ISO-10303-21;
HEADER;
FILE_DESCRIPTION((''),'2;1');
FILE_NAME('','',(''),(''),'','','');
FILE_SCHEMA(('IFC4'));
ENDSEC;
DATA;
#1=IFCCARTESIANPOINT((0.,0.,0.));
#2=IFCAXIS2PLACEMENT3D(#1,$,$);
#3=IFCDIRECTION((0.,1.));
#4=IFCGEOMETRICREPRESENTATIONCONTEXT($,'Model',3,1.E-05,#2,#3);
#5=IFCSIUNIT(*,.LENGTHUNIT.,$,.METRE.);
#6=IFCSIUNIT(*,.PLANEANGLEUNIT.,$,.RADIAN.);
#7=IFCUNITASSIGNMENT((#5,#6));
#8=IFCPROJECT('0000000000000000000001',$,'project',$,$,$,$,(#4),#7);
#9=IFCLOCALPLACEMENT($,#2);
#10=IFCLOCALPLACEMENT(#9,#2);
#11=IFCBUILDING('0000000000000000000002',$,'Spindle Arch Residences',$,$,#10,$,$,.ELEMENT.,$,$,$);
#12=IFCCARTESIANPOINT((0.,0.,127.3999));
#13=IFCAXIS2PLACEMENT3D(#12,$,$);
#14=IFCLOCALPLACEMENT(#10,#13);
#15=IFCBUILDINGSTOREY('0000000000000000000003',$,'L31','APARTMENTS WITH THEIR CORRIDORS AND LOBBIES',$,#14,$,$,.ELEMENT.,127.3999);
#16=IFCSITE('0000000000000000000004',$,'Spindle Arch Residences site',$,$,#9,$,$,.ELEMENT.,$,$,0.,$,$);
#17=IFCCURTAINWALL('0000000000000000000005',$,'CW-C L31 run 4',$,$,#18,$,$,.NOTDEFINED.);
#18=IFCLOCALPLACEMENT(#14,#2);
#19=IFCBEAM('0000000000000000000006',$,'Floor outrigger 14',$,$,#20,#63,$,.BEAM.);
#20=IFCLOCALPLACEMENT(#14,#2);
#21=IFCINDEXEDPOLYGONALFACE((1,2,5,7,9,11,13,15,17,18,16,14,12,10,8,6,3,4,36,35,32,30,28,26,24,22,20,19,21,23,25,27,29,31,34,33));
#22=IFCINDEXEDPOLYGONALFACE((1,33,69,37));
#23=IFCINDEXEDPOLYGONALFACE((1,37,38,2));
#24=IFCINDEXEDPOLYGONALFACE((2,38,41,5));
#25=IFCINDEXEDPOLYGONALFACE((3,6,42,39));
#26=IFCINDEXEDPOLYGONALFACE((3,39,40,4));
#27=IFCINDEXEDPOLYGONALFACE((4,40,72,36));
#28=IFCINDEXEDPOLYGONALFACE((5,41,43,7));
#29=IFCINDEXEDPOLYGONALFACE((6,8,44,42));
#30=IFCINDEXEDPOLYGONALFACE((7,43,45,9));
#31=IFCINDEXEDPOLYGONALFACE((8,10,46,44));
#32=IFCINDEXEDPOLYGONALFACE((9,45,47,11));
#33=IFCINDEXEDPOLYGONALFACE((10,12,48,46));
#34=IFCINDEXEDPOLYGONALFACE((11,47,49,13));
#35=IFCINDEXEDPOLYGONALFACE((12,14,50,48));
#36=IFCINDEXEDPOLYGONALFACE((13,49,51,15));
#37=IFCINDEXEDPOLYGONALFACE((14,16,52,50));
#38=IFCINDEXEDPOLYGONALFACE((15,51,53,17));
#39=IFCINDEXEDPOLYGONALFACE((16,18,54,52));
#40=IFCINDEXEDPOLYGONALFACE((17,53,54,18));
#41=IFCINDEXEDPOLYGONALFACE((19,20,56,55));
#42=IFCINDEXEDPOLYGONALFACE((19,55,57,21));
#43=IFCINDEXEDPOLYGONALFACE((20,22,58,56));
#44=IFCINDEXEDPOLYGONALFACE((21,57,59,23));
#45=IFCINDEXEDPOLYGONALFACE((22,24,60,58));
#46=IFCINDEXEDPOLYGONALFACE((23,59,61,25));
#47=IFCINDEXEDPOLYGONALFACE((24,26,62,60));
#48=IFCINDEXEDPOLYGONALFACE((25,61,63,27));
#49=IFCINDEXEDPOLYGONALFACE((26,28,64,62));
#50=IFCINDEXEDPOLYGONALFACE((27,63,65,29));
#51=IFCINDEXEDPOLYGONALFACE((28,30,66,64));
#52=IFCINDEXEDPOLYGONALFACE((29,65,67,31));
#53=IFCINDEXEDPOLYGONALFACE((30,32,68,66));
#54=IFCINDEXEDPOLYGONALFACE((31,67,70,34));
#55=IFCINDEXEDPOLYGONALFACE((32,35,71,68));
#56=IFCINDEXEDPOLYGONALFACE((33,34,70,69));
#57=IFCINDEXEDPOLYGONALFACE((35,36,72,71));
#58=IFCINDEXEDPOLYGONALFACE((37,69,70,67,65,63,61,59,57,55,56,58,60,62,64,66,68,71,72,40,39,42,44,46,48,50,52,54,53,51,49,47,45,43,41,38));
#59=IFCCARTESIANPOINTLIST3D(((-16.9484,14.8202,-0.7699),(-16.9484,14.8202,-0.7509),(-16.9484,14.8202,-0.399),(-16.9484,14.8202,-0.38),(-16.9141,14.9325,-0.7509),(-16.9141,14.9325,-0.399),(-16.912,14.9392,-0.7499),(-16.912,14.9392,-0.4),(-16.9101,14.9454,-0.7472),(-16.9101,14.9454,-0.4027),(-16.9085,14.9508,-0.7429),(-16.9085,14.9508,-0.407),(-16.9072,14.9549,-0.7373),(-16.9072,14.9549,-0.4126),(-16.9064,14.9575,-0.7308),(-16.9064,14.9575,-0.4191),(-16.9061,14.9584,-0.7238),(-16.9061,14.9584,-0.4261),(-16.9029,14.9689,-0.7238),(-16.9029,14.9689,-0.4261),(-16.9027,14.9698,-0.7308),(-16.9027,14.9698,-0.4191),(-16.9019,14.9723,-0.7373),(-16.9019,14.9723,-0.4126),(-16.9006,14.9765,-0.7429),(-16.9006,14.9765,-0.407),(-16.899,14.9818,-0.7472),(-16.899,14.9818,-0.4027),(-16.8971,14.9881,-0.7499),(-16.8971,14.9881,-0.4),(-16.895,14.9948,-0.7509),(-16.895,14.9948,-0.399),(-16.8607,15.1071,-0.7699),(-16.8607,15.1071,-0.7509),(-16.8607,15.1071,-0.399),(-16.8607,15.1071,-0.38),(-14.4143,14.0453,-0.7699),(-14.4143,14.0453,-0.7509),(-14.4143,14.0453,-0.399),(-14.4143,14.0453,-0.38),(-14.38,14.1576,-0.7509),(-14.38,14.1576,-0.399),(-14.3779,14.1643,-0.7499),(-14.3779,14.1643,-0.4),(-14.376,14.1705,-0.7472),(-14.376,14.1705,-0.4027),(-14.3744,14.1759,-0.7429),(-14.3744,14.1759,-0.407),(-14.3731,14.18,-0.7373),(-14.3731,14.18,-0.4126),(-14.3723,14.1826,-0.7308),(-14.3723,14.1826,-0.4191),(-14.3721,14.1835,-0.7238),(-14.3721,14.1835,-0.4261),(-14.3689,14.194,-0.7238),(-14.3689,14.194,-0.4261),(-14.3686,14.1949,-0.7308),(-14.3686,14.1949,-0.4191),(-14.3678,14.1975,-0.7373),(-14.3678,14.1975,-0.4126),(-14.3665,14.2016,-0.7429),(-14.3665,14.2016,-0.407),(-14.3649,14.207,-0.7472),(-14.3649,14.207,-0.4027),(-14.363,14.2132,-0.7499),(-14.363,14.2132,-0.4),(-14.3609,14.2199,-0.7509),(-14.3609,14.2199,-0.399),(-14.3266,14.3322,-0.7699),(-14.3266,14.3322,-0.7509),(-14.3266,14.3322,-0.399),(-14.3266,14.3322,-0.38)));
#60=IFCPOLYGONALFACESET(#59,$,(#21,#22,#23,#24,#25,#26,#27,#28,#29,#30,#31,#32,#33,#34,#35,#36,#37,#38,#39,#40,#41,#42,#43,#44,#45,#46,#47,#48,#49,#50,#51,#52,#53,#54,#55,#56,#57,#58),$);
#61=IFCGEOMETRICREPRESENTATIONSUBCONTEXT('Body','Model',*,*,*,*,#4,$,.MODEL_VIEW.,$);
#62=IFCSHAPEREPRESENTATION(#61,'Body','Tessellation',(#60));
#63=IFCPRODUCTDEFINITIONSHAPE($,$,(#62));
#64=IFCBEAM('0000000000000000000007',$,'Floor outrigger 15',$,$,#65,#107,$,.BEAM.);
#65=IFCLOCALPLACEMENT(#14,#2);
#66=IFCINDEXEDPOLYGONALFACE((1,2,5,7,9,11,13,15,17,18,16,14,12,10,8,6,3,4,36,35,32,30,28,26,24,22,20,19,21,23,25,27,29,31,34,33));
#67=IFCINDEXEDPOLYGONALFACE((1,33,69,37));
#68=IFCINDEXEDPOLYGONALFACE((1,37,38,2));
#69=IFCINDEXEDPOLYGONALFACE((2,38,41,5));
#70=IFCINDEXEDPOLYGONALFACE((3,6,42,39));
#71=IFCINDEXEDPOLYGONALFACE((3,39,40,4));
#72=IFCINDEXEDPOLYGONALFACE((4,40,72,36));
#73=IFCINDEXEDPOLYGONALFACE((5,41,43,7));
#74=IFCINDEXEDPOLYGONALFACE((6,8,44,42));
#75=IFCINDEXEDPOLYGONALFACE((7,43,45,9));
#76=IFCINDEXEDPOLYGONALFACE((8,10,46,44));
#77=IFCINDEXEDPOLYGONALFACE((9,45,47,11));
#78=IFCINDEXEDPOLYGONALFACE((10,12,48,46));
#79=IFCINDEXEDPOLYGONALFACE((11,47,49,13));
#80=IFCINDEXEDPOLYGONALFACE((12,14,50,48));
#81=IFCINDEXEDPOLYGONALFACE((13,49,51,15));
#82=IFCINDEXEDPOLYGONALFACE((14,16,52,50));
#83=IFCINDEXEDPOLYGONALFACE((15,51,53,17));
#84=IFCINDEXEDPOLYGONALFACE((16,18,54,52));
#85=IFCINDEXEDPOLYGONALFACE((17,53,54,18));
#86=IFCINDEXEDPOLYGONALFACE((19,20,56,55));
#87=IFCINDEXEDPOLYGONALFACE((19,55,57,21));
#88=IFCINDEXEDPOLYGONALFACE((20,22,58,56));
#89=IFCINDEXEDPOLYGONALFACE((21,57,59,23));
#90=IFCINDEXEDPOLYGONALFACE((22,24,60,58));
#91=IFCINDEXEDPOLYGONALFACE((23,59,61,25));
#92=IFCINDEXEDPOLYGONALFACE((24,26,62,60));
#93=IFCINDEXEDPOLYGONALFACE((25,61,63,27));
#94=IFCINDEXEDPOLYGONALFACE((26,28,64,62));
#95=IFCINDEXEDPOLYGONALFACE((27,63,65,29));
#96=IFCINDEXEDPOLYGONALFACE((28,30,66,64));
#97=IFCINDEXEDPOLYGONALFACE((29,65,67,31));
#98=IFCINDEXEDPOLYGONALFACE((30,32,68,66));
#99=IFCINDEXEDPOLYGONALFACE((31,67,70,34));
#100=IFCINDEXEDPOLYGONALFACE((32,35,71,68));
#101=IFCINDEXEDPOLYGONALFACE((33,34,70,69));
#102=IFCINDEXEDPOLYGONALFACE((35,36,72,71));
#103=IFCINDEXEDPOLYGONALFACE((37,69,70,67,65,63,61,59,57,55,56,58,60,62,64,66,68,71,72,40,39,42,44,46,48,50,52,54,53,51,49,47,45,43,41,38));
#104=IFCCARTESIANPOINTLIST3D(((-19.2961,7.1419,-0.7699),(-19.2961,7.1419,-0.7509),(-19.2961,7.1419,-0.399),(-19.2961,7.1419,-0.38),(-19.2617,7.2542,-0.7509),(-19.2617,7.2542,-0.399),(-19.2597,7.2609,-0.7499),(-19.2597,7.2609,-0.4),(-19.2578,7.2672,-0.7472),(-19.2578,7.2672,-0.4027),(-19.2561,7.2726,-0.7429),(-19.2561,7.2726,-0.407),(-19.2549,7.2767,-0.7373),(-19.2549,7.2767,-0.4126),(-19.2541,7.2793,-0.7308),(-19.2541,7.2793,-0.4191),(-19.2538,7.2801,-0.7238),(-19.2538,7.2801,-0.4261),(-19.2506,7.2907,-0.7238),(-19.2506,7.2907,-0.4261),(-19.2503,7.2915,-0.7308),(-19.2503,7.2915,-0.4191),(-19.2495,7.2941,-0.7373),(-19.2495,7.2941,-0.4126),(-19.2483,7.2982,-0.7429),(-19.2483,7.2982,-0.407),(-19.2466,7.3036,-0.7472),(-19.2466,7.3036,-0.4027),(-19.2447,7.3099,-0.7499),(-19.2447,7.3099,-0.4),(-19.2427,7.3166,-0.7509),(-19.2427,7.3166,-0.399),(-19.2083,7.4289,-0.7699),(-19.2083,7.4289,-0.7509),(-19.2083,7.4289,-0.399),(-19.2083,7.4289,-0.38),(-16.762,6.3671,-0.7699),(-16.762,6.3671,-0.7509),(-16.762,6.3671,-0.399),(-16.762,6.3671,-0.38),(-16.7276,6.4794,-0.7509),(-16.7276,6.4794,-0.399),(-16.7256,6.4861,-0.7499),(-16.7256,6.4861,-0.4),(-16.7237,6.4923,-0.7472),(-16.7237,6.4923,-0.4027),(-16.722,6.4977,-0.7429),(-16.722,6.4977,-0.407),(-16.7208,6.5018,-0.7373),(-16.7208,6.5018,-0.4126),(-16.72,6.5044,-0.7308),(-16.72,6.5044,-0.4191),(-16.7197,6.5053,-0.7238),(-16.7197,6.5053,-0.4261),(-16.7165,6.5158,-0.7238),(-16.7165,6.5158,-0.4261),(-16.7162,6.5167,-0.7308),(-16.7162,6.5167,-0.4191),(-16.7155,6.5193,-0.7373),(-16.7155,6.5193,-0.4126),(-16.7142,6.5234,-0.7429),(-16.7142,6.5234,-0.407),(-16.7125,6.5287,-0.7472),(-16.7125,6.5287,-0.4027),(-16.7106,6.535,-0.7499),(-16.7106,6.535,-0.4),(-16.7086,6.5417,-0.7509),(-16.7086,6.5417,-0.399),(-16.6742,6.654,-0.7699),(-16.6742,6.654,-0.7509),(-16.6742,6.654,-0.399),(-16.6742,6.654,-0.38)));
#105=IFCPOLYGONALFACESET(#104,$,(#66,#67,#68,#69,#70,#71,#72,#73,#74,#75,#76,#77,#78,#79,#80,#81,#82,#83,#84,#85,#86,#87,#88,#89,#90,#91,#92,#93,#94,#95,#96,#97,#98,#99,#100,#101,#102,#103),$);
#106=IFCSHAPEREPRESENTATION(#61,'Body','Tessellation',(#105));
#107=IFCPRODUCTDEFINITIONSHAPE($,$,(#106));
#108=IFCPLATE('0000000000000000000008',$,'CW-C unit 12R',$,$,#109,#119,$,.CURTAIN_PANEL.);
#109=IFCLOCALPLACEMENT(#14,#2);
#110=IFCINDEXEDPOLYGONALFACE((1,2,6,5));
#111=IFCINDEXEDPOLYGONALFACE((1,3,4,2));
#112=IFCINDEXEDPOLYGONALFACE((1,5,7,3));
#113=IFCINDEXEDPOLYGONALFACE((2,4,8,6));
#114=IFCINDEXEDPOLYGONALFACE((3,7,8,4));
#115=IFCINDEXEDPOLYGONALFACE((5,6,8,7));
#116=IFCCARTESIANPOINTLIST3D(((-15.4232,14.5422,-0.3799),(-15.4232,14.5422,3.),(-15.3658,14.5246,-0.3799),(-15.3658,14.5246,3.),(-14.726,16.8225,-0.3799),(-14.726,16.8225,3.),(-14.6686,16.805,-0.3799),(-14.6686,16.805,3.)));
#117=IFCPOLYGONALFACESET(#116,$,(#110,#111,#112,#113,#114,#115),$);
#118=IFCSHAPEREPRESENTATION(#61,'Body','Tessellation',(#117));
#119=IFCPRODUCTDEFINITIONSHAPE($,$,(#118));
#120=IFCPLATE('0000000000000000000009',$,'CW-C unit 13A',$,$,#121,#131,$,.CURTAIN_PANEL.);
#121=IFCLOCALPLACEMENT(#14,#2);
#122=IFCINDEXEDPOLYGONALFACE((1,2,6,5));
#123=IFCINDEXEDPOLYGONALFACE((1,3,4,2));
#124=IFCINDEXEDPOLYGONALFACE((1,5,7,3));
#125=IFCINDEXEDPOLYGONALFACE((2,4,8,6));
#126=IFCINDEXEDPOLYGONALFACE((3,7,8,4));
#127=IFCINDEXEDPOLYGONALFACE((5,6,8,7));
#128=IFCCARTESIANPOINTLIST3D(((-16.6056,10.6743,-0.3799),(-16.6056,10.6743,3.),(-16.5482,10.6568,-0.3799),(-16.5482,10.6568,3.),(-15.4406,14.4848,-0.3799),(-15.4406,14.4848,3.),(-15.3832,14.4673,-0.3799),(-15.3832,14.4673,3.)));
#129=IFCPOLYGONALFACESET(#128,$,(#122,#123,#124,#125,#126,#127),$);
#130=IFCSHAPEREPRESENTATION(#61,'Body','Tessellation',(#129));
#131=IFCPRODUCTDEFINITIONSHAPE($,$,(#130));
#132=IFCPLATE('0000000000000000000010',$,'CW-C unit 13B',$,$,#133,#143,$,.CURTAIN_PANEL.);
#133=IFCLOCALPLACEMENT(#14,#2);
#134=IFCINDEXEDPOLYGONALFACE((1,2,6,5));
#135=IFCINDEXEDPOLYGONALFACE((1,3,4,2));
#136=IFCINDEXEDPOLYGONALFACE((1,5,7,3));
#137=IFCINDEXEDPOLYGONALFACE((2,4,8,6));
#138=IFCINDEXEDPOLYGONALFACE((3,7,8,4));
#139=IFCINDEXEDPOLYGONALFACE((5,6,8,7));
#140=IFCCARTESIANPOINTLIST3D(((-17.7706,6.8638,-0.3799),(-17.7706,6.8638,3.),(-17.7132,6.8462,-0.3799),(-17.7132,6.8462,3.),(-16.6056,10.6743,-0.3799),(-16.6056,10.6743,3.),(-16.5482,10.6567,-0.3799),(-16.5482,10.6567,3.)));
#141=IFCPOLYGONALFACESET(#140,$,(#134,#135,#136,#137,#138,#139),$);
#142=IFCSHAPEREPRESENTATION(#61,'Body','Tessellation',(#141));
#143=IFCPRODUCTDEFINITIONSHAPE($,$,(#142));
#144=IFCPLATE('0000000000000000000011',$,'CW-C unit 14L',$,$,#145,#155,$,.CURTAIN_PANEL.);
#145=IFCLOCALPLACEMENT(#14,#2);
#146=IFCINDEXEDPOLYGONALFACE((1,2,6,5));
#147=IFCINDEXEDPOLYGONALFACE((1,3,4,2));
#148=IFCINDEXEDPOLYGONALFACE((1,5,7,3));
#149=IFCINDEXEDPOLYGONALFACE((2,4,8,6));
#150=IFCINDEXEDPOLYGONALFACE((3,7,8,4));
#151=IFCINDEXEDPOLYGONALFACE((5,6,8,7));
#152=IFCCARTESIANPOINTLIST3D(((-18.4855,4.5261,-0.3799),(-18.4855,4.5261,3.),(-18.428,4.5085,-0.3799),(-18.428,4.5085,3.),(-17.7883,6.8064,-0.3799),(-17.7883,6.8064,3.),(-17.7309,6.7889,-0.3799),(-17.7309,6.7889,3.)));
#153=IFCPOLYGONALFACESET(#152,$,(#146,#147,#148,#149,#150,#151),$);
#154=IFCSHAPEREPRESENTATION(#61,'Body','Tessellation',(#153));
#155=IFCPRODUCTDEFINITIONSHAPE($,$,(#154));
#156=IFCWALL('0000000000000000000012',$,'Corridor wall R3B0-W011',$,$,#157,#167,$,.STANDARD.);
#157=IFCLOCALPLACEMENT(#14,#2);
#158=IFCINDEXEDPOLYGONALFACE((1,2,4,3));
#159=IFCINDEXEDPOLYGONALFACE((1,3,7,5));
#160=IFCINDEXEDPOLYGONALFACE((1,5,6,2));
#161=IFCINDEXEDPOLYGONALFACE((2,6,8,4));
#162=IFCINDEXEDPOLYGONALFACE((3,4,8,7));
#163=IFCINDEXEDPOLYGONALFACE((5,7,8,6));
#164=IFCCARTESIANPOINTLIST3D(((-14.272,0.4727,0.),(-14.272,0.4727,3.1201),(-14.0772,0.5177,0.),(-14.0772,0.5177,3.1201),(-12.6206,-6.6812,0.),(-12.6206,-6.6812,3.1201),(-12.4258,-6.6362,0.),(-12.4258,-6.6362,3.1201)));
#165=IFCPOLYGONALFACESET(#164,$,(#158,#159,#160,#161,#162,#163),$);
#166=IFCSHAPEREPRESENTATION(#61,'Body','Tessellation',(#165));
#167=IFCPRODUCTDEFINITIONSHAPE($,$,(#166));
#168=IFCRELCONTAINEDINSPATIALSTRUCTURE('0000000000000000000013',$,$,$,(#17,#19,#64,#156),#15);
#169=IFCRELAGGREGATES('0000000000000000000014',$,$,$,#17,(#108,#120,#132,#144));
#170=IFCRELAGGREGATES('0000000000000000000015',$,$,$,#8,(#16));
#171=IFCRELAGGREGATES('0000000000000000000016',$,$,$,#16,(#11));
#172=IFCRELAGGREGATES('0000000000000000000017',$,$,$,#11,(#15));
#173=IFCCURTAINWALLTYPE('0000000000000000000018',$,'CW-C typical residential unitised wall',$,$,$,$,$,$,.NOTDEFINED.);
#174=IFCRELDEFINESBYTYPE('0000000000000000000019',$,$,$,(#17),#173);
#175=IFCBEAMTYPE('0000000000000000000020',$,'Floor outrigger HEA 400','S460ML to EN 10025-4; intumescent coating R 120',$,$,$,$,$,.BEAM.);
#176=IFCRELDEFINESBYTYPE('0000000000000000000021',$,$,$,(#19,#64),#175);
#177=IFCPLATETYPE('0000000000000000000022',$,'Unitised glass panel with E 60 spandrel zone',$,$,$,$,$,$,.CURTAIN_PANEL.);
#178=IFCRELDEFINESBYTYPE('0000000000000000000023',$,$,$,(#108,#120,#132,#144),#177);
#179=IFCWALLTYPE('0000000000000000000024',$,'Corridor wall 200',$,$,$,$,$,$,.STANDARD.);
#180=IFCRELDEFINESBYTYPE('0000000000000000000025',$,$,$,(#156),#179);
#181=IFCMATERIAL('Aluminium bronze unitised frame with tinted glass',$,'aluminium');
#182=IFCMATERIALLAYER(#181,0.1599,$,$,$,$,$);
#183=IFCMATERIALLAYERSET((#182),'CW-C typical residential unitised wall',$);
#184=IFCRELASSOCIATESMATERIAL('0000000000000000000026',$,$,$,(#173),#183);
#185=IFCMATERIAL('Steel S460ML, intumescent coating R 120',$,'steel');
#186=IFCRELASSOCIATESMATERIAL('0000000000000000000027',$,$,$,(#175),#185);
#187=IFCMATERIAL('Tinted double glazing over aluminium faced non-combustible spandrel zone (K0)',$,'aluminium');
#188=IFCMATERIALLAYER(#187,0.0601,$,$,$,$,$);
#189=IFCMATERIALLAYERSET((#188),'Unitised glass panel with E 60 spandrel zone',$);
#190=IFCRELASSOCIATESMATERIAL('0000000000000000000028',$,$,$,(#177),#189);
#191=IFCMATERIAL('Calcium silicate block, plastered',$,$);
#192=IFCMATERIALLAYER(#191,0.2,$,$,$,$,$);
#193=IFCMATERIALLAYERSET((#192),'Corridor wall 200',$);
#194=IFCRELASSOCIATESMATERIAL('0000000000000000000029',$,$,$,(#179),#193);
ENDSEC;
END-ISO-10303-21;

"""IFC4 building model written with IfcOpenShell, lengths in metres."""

from ifc_helpers import new_model, si_unit, direction, frame, frame_2d, origin, origin_2d, place, context, subcontext, project, spatial, rectangle, i_section, extrude, material, layer, layer_set, material_profile, profile_set, type_object, element, aggregate, save


model = new_model("IFC4")

# Units and contexts
model_context = context("Model", 3, precision=1e-05, world=origin(), true_north=direction((0.0, 1.0)))
body_context = subcontext(model_context, "Body", "Model", "MODEL_VIEW")
ifc_project = project(units=[si_unit("LENGTHUNIT", "METRE"), si_unit("PLANEANGLEUNIT", "RADIAN")], contexts=[model_context])

# Site, building, storey
site_placement = place(None, origin())
site = spatial("IfcSite", under=ifc_project, at=site_placement, Name="Spindle Arch Residences site", CompositionType="ELEMENT", RefElevation=0.0)
building_placement = place(site_placement, origin())
building = spatial("IfcBuilding", under=site, at=building_placement, Name="Spindle Arch Residences", CompositionType="ELEMENT")
storey_placement = place(building_placement, frame((0.0, 0.0, 127.3999)))
storey = spatial("IfcBuildingStorey", under=building, at=storey_placement, Name="L31", Description="APARTMENTS WITH THEIR CORRIDORS AND LOBBIES", CompositionType="ELEMENT", Elevation=127.3999)

# Curtain wall
ifc_material_1 = material(Name="Aluminium bronze unitised frame with tinted glass", Category="aluminium")
ifc_layer_1 = layer(ifc_material_1, 0.1599)
ifc_layer_set_1 = layer_set([ifc_layer_1], Name="CW-C typical residential unitised wall")
curtain_wall_type = type_object("IfcCurtainWallType", Name="CW-C typical residential unitised wall", PredefinedType="NOTDEFINED", material=ifc_layer_set_1)
curtain_wall_placement = place(storey_placement, origin())
curtain_wall = element("IfcCurtainWall", 1, at=curtain_wall_placement, inside=storey, type_object=curtain_wall_type, Name="CW-C L31 run 4", PredefinedType="NOTDEFINED")

# Beams
ifc_material_2 = material(Name="Steel S460ML, intumescent coating R 120", Category="steel")
ifc_material_profile_1 = material_profile(ifc_material_2, i_section(OverallWidth=0.3, OverallDepth=0.3899, WebThickness=0.011, FlangeThickness=0.019, FilletRadius=0.0271, at=origin_2d()), Name="HEA 400")
ifc_profile_set_1 = profile_set([ifc_material_profile_1], Name="Steel S460ML, intumescent coating R 120")
beam_type_1 = type_object("IfcBeamType", Name="Floor outrigger HEA 400", Description="S460ML to EN 10025-4; intumescent coating R 120", PredefinedType="BEAM", material=ifc_profile_set_1)
for number, where, z_axis, x_axis, name in (
    (2, (-16.9045, 14.9636, -0.575), (0.956291, -0.292415, 0.0), (0.292415, 0.956291, 0.0), "Floor outrigger 14"),
    (3, (-19.2522, 7.2854, -0.575), (0.956291, -0.292415, 0.0), (0.292415, 0.956291, 0.0), "Floor outrigger 15"),
):
    element("IfcBeam", number, at=place(storey_placement, frame(where, z_axis=z_axis, x_axis=x_axis)), inside=storey, type_object=beam_type_1, Name=name, PredefinedType="BEAM", context=body_context, shape_type="SweptSolid", body=[
        extrude(i_section(OverallWidth=0.3, OverallDepth=0.3899, WebThickness=0.011, FlangeThickness=0.019, FilletRadius=0.0271, at=origin_2d()), origin(), (0.0, 0.0, 1.0), 2.6499),
    ])

# Plates
ifc_material_3 = material(Name="Tinted double glazing over aluminium faced non-combustible spandrel zone (K0)", Category="aluminium")
ifc_layer_2 = layer(ifc_material_3, 0.0601)
ifc_layer_set_2 = layer_set([ifc_layer_2], Name="Unitised glass panel with E 60 spandrel zone")
plate_type = type_object("IfcPlateType", Name="Unitised glass panel with E 60 spandrel zone", PredefinedType="CURTAIN_PANEL", material=ifc_layer_set_2)
plate_1_placement = place(storey_placement, frame((-15.0459, 15.6736, -0.3799), z_axis=(0.0, 0.0, 1.0), x_axis=(-0.292372, -0.956305, 0.0)))
plate_1 = element("IfcPlate", 4, at=plate_1_placement, type_object=plate_type, Name="CW-C unit 12R", PredefinedType="CURTAIN_PANEL", context=body_context, shape_type="SweptSolid", body=[
    extrude(rectangle(XDim=2.3845, YDim=0.0601, at=origin_2d()), origin(), (0.0, 0.0, 1.0), 3.3799),
])
plate_2_placement = place(storey_placement, frame((-15.9944, 12.5708, -0.3799), z_axis=(0.0, 0.0, 1.0), x_axis=(-0.292372, -0.956305, 0.0)))
plate_2 = element("IfcPlate", 5, at=plate_2_placement, type_object=plate_type, Name="CW-C unit 13A", PredefinedType="CURTAIN_PANEL", context=body_context, shape_type="SweptSolid", body=[
    extrude(rectangle(XDim=3.9846, YDim=0.0601, at=origin_2d()), origin(), (0.0, 0.0, 1.0), 3.3799),
])
plate_3_placement = place(storey_placement, frame((-17.1594, 8.7603, -0.3799), z_axis=(0.0, 0.0, 1.0), x_axis=(-0.292372, -0.956305, 0.0)))
plate_3 = element("IfcPlate", 6, at=plate_3_placement, type_object=plate_type, Name="CW-C unit 13B", PredefinedType="CURTAIN_PANEL", context=body_context, shape_type="SweptSolid", body=[
    extrude(rectangle(XDim=3.9846, YDim=0.0601, at=origin_2d()), origin(), (0.0, 0.0, 1.0), 3.3799),
])
plate_4_placement = place(storey_placement, frame((-18.1082, 5.6575, -0.3799), z_axis=(0.0, 0.0, 1.0), x_axis=(-0.292372, -0.956305, 0.0)))
plate_4 = element("IfcPlate", 7, at=plate_4_placement, type_object=plate_type, Name="CW-C unit 14L", PredefinedType="CURTAIN_PANEL", context=body_context, shape_type="SweptSolid", body=[
    extrude(rectangle(XDim=2.3845, YDim=0.0601, at=origin_2d()), origin(), (0.0, 0.0, 1.0), 3.3799),
])
aggregate(curtain_wall, [plate_1, plate_2, plate_3, plate_4])

# Wall
ifc_material_4 = material(Name="Calcium silicate block, plastered")
ifc_layer_3 = layer(ifc_material_4, 0.2)
ifc_layer_set_3 = layer_set([ifc_layer_3], Name="Corridor wall 200")
wall_type_1 = type_object("IfcWallType", Name="Corridor wall 200", PredefinedType="STANDARD", material=ifc_layer_set_3)
wall_1_placement = place(storey_placement, frame((-14.1746, 0.4951, 0.0), z_axis=(0.0, 0.0, 1.0), x_axis=(0.224923, -0.974377, 0.0)))
element("IfcWall", 8, at=wall_1_placement, inside=storey, type_object=wall_type_1, Name="Corridor wall R3B0-W011", PredefinedType="STANDARD", context=body_context, shape_type="SweptSolid", body=[
    extrude(rectangle(XDim=7.342, YDim=0.2, at=frame_2d((3.6709, 0.0))), origin(), (0.0, 0.0, 1.0), 3.1201),
])

save(model, "model.ifc")
